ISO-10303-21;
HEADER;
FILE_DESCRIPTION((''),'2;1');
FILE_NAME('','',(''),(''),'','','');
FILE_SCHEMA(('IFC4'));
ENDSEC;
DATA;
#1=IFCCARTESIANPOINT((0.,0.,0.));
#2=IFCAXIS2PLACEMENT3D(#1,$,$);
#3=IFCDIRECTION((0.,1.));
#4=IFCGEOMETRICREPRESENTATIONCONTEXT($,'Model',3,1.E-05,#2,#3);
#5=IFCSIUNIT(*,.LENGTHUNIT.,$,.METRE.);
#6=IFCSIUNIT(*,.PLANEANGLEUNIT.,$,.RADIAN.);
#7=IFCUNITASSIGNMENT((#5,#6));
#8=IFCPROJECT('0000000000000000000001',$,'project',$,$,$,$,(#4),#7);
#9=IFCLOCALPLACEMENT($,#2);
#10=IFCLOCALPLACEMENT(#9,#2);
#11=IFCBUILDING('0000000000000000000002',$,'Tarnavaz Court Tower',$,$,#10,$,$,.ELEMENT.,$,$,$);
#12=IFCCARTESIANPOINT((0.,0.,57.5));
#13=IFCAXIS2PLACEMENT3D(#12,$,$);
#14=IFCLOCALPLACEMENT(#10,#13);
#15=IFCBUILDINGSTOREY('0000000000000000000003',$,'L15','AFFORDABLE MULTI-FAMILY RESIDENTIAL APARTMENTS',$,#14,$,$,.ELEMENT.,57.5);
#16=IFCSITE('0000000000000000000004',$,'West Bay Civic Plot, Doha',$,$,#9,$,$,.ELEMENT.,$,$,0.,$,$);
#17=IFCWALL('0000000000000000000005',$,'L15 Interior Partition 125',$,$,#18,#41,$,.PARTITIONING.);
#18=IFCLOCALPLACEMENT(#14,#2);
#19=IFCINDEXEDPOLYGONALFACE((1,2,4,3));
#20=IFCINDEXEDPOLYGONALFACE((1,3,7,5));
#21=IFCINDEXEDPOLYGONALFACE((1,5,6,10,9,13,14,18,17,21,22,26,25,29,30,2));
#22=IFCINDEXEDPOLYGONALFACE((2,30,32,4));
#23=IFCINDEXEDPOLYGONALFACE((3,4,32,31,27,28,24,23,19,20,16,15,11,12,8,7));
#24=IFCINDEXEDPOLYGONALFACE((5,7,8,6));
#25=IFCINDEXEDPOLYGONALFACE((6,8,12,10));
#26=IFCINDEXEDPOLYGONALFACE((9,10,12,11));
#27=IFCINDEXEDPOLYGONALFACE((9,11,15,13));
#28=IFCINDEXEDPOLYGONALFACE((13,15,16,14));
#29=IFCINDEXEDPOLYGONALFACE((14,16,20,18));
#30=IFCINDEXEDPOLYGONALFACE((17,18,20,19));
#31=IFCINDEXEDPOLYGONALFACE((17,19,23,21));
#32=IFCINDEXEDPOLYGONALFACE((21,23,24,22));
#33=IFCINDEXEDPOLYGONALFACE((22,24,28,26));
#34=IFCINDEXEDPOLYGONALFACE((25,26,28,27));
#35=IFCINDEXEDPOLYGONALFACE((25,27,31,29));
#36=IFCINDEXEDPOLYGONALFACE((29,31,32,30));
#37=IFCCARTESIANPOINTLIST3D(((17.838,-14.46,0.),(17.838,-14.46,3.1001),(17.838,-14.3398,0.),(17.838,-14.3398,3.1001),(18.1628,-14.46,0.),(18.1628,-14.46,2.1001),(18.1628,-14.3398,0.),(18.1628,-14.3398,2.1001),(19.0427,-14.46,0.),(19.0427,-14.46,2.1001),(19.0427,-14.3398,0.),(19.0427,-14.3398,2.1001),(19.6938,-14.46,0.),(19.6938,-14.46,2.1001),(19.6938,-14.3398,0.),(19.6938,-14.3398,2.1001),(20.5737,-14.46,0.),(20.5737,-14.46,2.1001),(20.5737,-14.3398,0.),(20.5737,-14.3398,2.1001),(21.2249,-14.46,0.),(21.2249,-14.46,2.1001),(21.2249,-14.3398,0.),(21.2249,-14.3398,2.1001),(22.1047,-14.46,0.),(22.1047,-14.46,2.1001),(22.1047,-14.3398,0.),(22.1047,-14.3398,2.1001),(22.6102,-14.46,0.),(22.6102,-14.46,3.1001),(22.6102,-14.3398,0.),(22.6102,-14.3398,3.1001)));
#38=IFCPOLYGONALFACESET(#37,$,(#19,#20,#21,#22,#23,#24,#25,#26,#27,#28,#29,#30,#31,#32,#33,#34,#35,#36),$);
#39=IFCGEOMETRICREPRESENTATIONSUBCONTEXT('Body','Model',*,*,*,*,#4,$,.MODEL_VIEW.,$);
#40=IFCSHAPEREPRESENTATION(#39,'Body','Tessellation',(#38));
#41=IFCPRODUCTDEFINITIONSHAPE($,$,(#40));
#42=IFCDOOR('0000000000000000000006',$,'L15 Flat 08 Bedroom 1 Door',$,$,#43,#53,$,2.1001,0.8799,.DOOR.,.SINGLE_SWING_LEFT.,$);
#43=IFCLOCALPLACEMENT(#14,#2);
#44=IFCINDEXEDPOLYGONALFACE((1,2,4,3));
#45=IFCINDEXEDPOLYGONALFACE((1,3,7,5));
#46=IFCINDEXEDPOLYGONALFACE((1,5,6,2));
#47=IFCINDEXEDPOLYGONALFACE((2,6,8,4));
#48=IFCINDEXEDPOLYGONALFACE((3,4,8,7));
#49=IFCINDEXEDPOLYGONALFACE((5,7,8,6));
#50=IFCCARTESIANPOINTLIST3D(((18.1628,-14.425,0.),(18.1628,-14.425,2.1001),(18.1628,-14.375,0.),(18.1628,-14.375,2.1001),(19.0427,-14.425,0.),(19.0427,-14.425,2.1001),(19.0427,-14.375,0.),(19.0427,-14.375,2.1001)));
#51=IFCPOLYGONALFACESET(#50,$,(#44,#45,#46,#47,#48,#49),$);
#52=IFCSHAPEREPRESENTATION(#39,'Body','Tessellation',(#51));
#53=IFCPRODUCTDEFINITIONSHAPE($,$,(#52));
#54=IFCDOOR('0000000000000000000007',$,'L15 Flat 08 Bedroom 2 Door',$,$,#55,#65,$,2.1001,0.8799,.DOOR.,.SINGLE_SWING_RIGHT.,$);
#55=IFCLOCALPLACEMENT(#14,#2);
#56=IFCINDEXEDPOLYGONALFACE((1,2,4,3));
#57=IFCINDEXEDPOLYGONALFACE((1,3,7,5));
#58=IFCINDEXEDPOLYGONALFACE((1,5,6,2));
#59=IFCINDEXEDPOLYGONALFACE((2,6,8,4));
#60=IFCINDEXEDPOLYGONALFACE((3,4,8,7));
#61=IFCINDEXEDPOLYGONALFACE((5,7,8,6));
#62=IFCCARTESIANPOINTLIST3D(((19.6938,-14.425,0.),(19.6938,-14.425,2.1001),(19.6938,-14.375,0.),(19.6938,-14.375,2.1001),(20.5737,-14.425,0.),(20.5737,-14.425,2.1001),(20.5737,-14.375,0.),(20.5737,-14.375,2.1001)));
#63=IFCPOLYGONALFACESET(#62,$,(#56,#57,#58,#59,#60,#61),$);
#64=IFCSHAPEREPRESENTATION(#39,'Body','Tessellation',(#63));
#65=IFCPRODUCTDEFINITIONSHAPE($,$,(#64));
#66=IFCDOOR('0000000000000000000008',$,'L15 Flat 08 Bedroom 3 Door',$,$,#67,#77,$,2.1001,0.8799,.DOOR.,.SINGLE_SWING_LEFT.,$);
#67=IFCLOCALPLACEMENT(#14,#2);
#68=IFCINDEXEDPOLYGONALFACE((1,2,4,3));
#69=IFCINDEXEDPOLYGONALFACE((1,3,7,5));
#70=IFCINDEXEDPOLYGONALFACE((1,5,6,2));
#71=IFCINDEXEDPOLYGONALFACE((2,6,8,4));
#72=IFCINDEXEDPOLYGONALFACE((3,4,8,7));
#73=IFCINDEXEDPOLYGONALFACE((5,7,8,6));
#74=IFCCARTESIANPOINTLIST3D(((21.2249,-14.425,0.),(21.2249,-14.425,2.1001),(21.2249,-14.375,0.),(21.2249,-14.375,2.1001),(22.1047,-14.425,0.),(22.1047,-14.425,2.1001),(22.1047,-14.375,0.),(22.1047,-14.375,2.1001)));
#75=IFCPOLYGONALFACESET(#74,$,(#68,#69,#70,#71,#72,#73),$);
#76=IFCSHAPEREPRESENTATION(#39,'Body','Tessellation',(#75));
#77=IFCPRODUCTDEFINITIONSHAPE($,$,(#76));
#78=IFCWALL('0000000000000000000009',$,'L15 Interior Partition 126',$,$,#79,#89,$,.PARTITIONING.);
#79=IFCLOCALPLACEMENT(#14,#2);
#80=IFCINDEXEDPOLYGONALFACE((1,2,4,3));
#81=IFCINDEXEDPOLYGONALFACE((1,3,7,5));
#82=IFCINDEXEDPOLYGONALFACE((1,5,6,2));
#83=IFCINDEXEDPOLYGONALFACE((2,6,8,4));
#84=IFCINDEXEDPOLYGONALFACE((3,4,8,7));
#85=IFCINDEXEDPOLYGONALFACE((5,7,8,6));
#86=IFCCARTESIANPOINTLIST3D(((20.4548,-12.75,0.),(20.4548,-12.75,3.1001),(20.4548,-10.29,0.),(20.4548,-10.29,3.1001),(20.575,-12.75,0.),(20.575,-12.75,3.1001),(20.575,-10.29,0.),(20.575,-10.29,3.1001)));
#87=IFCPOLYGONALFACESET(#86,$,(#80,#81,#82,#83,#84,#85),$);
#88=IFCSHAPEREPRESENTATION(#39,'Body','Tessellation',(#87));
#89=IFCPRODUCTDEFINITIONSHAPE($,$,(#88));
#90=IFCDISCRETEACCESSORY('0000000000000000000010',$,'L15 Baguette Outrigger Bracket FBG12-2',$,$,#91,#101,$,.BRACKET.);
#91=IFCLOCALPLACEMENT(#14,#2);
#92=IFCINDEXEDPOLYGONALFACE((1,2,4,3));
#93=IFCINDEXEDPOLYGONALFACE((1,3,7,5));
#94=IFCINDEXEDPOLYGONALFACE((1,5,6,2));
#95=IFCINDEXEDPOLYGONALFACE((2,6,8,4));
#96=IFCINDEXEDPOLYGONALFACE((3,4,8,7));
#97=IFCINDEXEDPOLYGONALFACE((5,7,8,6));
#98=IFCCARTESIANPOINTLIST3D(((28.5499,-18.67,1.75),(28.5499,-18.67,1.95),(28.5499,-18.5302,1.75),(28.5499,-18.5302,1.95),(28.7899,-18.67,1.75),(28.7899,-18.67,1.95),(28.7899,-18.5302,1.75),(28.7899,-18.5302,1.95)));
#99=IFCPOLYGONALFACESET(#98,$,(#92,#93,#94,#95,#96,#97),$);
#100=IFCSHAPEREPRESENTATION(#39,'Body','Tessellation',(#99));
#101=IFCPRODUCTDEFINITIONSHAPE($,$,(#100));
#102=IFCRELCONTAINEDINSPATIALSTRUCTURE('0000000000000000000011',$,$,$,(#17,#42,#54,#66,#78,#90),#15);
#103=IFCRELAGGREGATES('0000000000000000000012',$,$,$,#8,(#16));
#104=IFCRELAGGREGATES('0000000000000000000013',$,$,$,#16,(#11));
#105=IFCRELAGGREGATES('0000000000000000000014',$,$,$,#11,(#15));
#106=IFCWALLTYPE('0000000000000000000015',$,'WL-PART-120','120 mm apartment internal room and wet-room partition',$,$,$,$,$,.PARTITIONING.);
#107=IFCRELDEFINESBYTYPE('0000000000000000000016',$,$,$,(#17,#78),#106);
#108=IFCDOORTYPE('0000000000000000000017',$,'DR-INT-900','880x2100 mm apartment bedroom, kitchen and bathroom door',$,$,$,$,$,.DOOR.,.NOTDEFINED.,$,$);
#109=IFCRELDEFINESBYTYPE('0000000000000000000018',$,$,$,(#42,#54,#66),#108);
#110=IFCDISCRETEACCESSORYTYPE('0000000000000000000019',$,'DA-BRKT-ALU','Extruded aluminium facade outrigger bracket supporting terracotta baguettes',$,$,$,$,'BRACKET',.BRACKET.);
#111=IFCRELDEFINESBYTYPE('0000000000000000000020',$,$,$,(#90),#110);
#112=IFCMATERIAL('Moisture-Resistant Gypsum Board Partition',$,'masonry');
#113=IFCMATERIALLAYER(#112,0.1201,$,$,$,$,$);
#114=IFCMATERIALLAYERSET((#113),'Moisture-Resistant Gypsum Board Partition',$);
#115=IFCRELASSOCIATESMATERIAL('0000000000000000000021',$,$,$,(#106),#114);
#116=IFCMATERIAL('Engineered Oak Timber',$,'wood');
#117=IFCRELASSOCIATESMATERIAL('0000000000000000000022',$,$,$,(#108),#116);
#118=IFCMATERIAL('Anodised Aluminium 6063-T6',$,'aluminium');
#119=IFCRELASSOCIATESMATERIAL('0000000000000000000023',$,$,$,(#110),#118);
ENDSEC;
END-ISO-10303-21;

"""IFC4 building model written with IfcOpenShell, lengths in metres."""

from ifc_helpers import new_model, si_unit, direction, frame, frame_2d, origin, origin_2d, place, context, subcontext, project, spatial, rectangle, extrude, material, layer, layer_set, type_object, element, fill, save


model = new_model("IFC4")

# Units and contexts
model_context = context("Model", 3, precision=1e-05, world=origin(), true_north=direction((0.0, 1.0)))
body_context = subcontext(model_context, "Body", "Model", "MODEL_VIEW")
ifc_project = project(units=[si_unit("LENGTHUNIT", "METRE"), si_unit("PLANEANGLEUNIT", "RADIAN")], contexts=[model_context])

# Site, building, storey
site_placement = place(None, origin())
site = spatial("IfcSite", under=ifc_project, at=site_placement, Name="West Bay Civic Plot, Doha", CompositionType="ELEMENT", RefElevation=0.0)
building_placement = place(site_placement, origin())
building = spatial("IfcBuilding", under=site, at=building_placement, Name="Tarnavaz Court Tower", CompositionType="ELEMENT")
storey_placement = place(building_placement, frame((0.0, 0.0, 57.5)))
storey = spatial("IfcBuildingStorey", under=building, at=storey_placement, Name="L15", Description="AFFORDABLE MULTI-FAMILY RESIDENTIAL APARTMENTS", CompositionType="ELEMENT", Elevation=57.5)

# Shared definitions
ifc_material_1 = material(Name="Engineered Oak Timber", Category="wood")
ifc_material_2 = material(Name="Moisture-Resistant Gypsum Board Partition", Category="masonry")
ifc_layer_1 = layer(ifc_material_2, 0.1201)
ifc_layer_set_1 = layer_set([ifc_layer_1], Name="Moisture-Resistant Gypsum Board Partition")
wall_type_1 = type_object("IfcWallType", Name="WL-PART-120", Description="120 mm apartment internal room and wet-room partition", PredefinedType="PARTITIONING", material=ifc_layer_set_1)
door_type_1 = type_object("IfcDoorType", Name="DR-INT-900", Description="880x2100 mm apartment bedroom, kitchen and bathroom door", OperationType="NOTDEFINED", PredefinedType="DOOR", material=ifc_material_1)

# Wall, openings, doors
wall_1_placement = place(storey_placement, frame((17.8379, -14.3999, 0.0), z_axis=(0.0, 0.0, 1.0), x_axis=(1.0, 0.0, 0.0)))
wall_1 = element("IfcWall", 1, at=wall_1_placement, inside=storey, type_object=wall_type_1, Name="L15 Interior Partition 125", PredefinedType="PARTITIONING", context=body_context, shape_type="SweptSolid", body=[
    extrude(rectangle(XDim=4.7722, YDim=0.1201, at=frame_2d((2.3862, 0.0))), origin(), (0.0, 0.0, 1.0), 3.1001),
])
opening_1_placement = place(wall_1_placement, frame((0.325, 0.0, 0.0)))
opening_1 = element("IfcOpeningElement", 2, at=opening_1_placement, cuts=wall_1, PredefinedType="OPENING", context=body_context, shape_type="SweptSolid", body=[
    extrude(rectangle(XDim=0.8799, YDim=2.1001, at=frame_2d((0.4399, 1.05))), frame((0.0, 0.0701, 0.0), z_axis=(0.0, -1.0, 0.0), x_axis=(1.0, 0.0, 0.0)), (0.0, 0.0, 1.0), 0.1401),
])
opening_2_placement = place(wall_1_placement, frame((1.856, 0.0, 0.0)))
opening_2 = element("IfcOpeningElement", 3, at=opening_2_placement, cuts=wall_1, PredefinedType="OPENING", context=body_context, shape_type="SweptSolid", body=[
    extrude(rectangle(XDim=0.8799, YDim=2.1001, at=frame_2d((0.4399, 1.05))), frame((0.0, 0.0701, 0.0), z_axis=(0.0, -1.0, 0.0), x_axis=(1.0, 0.0, 0.0)), (0.0, 0.0, 1.0), 0.1401),
])
opening_3_placement = place(wall_1_placement, frame((3.387, 0.0, 0.0)))
opening_3 = element("IfcOpeningElement", 4, at=opening_3_placement, cuts=wall_1, PredefinedType="OPENING", context=body_context, shape_type="SweptSolid", body=[
    extrude(rectangle(XDim=0.8799, YDim=2.1001, at=frame_2d((0.4399, 1.05))), frame((0.0, 0.0701, 0.0), z_axis=(0.0, -1.0, 0.0), x_axis=(1.0, 0.0, 0.0)), (0.0, 0.0, 1.0), 0.1401),
])
door_1_placement = place(opening_1_placement, origin())
door_1 = element("IfcDoor", 5, at=door_1_placement, inside=storey, type_object=door_type_1, Name="L15 Flat 08 Bedroom 1 Door", OperationType="SINGLE_SWING_LEFT", OverallHeight=2.1001, OverallWidth=0.8799, PredefinedType="DOOR", context=body_context, shape_type="SweptSolid", body=[
    extrude(rectangle(XDim=0.8799, YDim=2.1001, at=frame_2d((0.4399, 1.05))), frame((0.0, 0.0249, 0.0), z_axis=(0.0, -1.0, 0.0), x_axis=(1.0, 0.0, 0.0)), (0.0, 0.0, 1.0), 0.05),
])
fill(opening_1, door_1)
door_2_placement = place(opening_2_placement, origin())
door_2 = element("IfcDoor", 6, at=door_2_placement, inside=storey, type_object=door_type_1, Name="L15 Flat 08 Bedroom 2 Door", OperationType="SINGLE_SWING_RIGHT", OverallHeight=2.1001, OverallWidth=0.8799, PredefinedType="DOOR", context=body_context, shape_type="SweptSolid", body=[
    extrude(rectangle(XDim=0.8799, YDim=2.1001, at=frame_2d((0.4399, 1.05))), frame((0.0, 0.0249, 0.0), z_axis=(0.0, -1.0, 0.0), x_axis=(1.0, 0.0, 0.0)), (0.0, 0.0, 1.0), 0.05),
])
fill(opening_2, door_2)
door_3_placement = place(opening_3_placement, origin())
door_3 = element("IfcDoor", 7, at=door_3_placement, inside=storey, type_object=door_type_1, Name="L15 Flat 08 Bedroom 3 Door", OperationType="SINGLE_SWING_LEFT", OverallHeight=2.1001, OverallWidth=0.8799, PredefinedType="DOOR", context=body_context, shape_type="SweptSolid", body=[
    extrude(rectangle(XDim=0.8799, YDim=2.1001, at=frame_2d((0.4399, 1.05))), frame((0.0, 0.0249, 0.0), z_axis=(0.0, -1.0, 0.0), x_axis=(1.0, 0.0, 0.0)), (0.0, 0.0, 1.0), 0.05),
])
fill(opening_3, door_3)

# Wall
wall_2_placement = place(storey_placement, frame((20.5149, -12.75, 0.0), z_axis=(0.0, 0.0, 1.0), x_axis=(0.0, 1.0, 0.0)))
element("IfcWall", 8, at=wall_2_placement, inside=storey, type_object=wall_type_1, Name="L15 Interior Partition 126", PredefinedType="PARTITIONING", context=body_context, shape_type="SweptSolid", body=[
    extrude(rectangle(XDim=2.46, YDim=0.1201, at=frame_2d((1.23, 0.0))), origin(), (0.0, 0.0, 1.0), 3.1001),
])

# Discrete accessory
ifc_material_3 = material(Name="Anodised Aluminium 6063-T6", Category="aluminium")
discrete_accessory_type = type_object("IfcDiscreteAccessoryType", Name="DA-BRKT-ALU", Description="Extruded aluminium facade outrigger bracket supporting terracotta baguettes", ElementType="BRACKET", PredefinedType="BRACKET", material=ifc_material_3)
discrete_accessory_placement = place(storey_placement, frame((28.6699, -18.6001, 1.75), z_axis=(0.0, 0.0, 1.0), x_axis=(0.0, -1.0, 0.0)))
element("IfcDiscreteAccessory", 9, at=discrete_accessory_placement, inside=storey, type_object=discrete_accessory_type, Name="L15 Baguette Outrigger Bracket FBG12-2", PredefinedType="BRACKET", context=body_context, shape_type="SweptSolid", body=[
    extrude(rectangle(XDim=0.1399, YDim=0.24, at=origin_2d()), origin(), (0.0, 0.0, 1.0), 0.2),
])

save(model, "model.ifc")
